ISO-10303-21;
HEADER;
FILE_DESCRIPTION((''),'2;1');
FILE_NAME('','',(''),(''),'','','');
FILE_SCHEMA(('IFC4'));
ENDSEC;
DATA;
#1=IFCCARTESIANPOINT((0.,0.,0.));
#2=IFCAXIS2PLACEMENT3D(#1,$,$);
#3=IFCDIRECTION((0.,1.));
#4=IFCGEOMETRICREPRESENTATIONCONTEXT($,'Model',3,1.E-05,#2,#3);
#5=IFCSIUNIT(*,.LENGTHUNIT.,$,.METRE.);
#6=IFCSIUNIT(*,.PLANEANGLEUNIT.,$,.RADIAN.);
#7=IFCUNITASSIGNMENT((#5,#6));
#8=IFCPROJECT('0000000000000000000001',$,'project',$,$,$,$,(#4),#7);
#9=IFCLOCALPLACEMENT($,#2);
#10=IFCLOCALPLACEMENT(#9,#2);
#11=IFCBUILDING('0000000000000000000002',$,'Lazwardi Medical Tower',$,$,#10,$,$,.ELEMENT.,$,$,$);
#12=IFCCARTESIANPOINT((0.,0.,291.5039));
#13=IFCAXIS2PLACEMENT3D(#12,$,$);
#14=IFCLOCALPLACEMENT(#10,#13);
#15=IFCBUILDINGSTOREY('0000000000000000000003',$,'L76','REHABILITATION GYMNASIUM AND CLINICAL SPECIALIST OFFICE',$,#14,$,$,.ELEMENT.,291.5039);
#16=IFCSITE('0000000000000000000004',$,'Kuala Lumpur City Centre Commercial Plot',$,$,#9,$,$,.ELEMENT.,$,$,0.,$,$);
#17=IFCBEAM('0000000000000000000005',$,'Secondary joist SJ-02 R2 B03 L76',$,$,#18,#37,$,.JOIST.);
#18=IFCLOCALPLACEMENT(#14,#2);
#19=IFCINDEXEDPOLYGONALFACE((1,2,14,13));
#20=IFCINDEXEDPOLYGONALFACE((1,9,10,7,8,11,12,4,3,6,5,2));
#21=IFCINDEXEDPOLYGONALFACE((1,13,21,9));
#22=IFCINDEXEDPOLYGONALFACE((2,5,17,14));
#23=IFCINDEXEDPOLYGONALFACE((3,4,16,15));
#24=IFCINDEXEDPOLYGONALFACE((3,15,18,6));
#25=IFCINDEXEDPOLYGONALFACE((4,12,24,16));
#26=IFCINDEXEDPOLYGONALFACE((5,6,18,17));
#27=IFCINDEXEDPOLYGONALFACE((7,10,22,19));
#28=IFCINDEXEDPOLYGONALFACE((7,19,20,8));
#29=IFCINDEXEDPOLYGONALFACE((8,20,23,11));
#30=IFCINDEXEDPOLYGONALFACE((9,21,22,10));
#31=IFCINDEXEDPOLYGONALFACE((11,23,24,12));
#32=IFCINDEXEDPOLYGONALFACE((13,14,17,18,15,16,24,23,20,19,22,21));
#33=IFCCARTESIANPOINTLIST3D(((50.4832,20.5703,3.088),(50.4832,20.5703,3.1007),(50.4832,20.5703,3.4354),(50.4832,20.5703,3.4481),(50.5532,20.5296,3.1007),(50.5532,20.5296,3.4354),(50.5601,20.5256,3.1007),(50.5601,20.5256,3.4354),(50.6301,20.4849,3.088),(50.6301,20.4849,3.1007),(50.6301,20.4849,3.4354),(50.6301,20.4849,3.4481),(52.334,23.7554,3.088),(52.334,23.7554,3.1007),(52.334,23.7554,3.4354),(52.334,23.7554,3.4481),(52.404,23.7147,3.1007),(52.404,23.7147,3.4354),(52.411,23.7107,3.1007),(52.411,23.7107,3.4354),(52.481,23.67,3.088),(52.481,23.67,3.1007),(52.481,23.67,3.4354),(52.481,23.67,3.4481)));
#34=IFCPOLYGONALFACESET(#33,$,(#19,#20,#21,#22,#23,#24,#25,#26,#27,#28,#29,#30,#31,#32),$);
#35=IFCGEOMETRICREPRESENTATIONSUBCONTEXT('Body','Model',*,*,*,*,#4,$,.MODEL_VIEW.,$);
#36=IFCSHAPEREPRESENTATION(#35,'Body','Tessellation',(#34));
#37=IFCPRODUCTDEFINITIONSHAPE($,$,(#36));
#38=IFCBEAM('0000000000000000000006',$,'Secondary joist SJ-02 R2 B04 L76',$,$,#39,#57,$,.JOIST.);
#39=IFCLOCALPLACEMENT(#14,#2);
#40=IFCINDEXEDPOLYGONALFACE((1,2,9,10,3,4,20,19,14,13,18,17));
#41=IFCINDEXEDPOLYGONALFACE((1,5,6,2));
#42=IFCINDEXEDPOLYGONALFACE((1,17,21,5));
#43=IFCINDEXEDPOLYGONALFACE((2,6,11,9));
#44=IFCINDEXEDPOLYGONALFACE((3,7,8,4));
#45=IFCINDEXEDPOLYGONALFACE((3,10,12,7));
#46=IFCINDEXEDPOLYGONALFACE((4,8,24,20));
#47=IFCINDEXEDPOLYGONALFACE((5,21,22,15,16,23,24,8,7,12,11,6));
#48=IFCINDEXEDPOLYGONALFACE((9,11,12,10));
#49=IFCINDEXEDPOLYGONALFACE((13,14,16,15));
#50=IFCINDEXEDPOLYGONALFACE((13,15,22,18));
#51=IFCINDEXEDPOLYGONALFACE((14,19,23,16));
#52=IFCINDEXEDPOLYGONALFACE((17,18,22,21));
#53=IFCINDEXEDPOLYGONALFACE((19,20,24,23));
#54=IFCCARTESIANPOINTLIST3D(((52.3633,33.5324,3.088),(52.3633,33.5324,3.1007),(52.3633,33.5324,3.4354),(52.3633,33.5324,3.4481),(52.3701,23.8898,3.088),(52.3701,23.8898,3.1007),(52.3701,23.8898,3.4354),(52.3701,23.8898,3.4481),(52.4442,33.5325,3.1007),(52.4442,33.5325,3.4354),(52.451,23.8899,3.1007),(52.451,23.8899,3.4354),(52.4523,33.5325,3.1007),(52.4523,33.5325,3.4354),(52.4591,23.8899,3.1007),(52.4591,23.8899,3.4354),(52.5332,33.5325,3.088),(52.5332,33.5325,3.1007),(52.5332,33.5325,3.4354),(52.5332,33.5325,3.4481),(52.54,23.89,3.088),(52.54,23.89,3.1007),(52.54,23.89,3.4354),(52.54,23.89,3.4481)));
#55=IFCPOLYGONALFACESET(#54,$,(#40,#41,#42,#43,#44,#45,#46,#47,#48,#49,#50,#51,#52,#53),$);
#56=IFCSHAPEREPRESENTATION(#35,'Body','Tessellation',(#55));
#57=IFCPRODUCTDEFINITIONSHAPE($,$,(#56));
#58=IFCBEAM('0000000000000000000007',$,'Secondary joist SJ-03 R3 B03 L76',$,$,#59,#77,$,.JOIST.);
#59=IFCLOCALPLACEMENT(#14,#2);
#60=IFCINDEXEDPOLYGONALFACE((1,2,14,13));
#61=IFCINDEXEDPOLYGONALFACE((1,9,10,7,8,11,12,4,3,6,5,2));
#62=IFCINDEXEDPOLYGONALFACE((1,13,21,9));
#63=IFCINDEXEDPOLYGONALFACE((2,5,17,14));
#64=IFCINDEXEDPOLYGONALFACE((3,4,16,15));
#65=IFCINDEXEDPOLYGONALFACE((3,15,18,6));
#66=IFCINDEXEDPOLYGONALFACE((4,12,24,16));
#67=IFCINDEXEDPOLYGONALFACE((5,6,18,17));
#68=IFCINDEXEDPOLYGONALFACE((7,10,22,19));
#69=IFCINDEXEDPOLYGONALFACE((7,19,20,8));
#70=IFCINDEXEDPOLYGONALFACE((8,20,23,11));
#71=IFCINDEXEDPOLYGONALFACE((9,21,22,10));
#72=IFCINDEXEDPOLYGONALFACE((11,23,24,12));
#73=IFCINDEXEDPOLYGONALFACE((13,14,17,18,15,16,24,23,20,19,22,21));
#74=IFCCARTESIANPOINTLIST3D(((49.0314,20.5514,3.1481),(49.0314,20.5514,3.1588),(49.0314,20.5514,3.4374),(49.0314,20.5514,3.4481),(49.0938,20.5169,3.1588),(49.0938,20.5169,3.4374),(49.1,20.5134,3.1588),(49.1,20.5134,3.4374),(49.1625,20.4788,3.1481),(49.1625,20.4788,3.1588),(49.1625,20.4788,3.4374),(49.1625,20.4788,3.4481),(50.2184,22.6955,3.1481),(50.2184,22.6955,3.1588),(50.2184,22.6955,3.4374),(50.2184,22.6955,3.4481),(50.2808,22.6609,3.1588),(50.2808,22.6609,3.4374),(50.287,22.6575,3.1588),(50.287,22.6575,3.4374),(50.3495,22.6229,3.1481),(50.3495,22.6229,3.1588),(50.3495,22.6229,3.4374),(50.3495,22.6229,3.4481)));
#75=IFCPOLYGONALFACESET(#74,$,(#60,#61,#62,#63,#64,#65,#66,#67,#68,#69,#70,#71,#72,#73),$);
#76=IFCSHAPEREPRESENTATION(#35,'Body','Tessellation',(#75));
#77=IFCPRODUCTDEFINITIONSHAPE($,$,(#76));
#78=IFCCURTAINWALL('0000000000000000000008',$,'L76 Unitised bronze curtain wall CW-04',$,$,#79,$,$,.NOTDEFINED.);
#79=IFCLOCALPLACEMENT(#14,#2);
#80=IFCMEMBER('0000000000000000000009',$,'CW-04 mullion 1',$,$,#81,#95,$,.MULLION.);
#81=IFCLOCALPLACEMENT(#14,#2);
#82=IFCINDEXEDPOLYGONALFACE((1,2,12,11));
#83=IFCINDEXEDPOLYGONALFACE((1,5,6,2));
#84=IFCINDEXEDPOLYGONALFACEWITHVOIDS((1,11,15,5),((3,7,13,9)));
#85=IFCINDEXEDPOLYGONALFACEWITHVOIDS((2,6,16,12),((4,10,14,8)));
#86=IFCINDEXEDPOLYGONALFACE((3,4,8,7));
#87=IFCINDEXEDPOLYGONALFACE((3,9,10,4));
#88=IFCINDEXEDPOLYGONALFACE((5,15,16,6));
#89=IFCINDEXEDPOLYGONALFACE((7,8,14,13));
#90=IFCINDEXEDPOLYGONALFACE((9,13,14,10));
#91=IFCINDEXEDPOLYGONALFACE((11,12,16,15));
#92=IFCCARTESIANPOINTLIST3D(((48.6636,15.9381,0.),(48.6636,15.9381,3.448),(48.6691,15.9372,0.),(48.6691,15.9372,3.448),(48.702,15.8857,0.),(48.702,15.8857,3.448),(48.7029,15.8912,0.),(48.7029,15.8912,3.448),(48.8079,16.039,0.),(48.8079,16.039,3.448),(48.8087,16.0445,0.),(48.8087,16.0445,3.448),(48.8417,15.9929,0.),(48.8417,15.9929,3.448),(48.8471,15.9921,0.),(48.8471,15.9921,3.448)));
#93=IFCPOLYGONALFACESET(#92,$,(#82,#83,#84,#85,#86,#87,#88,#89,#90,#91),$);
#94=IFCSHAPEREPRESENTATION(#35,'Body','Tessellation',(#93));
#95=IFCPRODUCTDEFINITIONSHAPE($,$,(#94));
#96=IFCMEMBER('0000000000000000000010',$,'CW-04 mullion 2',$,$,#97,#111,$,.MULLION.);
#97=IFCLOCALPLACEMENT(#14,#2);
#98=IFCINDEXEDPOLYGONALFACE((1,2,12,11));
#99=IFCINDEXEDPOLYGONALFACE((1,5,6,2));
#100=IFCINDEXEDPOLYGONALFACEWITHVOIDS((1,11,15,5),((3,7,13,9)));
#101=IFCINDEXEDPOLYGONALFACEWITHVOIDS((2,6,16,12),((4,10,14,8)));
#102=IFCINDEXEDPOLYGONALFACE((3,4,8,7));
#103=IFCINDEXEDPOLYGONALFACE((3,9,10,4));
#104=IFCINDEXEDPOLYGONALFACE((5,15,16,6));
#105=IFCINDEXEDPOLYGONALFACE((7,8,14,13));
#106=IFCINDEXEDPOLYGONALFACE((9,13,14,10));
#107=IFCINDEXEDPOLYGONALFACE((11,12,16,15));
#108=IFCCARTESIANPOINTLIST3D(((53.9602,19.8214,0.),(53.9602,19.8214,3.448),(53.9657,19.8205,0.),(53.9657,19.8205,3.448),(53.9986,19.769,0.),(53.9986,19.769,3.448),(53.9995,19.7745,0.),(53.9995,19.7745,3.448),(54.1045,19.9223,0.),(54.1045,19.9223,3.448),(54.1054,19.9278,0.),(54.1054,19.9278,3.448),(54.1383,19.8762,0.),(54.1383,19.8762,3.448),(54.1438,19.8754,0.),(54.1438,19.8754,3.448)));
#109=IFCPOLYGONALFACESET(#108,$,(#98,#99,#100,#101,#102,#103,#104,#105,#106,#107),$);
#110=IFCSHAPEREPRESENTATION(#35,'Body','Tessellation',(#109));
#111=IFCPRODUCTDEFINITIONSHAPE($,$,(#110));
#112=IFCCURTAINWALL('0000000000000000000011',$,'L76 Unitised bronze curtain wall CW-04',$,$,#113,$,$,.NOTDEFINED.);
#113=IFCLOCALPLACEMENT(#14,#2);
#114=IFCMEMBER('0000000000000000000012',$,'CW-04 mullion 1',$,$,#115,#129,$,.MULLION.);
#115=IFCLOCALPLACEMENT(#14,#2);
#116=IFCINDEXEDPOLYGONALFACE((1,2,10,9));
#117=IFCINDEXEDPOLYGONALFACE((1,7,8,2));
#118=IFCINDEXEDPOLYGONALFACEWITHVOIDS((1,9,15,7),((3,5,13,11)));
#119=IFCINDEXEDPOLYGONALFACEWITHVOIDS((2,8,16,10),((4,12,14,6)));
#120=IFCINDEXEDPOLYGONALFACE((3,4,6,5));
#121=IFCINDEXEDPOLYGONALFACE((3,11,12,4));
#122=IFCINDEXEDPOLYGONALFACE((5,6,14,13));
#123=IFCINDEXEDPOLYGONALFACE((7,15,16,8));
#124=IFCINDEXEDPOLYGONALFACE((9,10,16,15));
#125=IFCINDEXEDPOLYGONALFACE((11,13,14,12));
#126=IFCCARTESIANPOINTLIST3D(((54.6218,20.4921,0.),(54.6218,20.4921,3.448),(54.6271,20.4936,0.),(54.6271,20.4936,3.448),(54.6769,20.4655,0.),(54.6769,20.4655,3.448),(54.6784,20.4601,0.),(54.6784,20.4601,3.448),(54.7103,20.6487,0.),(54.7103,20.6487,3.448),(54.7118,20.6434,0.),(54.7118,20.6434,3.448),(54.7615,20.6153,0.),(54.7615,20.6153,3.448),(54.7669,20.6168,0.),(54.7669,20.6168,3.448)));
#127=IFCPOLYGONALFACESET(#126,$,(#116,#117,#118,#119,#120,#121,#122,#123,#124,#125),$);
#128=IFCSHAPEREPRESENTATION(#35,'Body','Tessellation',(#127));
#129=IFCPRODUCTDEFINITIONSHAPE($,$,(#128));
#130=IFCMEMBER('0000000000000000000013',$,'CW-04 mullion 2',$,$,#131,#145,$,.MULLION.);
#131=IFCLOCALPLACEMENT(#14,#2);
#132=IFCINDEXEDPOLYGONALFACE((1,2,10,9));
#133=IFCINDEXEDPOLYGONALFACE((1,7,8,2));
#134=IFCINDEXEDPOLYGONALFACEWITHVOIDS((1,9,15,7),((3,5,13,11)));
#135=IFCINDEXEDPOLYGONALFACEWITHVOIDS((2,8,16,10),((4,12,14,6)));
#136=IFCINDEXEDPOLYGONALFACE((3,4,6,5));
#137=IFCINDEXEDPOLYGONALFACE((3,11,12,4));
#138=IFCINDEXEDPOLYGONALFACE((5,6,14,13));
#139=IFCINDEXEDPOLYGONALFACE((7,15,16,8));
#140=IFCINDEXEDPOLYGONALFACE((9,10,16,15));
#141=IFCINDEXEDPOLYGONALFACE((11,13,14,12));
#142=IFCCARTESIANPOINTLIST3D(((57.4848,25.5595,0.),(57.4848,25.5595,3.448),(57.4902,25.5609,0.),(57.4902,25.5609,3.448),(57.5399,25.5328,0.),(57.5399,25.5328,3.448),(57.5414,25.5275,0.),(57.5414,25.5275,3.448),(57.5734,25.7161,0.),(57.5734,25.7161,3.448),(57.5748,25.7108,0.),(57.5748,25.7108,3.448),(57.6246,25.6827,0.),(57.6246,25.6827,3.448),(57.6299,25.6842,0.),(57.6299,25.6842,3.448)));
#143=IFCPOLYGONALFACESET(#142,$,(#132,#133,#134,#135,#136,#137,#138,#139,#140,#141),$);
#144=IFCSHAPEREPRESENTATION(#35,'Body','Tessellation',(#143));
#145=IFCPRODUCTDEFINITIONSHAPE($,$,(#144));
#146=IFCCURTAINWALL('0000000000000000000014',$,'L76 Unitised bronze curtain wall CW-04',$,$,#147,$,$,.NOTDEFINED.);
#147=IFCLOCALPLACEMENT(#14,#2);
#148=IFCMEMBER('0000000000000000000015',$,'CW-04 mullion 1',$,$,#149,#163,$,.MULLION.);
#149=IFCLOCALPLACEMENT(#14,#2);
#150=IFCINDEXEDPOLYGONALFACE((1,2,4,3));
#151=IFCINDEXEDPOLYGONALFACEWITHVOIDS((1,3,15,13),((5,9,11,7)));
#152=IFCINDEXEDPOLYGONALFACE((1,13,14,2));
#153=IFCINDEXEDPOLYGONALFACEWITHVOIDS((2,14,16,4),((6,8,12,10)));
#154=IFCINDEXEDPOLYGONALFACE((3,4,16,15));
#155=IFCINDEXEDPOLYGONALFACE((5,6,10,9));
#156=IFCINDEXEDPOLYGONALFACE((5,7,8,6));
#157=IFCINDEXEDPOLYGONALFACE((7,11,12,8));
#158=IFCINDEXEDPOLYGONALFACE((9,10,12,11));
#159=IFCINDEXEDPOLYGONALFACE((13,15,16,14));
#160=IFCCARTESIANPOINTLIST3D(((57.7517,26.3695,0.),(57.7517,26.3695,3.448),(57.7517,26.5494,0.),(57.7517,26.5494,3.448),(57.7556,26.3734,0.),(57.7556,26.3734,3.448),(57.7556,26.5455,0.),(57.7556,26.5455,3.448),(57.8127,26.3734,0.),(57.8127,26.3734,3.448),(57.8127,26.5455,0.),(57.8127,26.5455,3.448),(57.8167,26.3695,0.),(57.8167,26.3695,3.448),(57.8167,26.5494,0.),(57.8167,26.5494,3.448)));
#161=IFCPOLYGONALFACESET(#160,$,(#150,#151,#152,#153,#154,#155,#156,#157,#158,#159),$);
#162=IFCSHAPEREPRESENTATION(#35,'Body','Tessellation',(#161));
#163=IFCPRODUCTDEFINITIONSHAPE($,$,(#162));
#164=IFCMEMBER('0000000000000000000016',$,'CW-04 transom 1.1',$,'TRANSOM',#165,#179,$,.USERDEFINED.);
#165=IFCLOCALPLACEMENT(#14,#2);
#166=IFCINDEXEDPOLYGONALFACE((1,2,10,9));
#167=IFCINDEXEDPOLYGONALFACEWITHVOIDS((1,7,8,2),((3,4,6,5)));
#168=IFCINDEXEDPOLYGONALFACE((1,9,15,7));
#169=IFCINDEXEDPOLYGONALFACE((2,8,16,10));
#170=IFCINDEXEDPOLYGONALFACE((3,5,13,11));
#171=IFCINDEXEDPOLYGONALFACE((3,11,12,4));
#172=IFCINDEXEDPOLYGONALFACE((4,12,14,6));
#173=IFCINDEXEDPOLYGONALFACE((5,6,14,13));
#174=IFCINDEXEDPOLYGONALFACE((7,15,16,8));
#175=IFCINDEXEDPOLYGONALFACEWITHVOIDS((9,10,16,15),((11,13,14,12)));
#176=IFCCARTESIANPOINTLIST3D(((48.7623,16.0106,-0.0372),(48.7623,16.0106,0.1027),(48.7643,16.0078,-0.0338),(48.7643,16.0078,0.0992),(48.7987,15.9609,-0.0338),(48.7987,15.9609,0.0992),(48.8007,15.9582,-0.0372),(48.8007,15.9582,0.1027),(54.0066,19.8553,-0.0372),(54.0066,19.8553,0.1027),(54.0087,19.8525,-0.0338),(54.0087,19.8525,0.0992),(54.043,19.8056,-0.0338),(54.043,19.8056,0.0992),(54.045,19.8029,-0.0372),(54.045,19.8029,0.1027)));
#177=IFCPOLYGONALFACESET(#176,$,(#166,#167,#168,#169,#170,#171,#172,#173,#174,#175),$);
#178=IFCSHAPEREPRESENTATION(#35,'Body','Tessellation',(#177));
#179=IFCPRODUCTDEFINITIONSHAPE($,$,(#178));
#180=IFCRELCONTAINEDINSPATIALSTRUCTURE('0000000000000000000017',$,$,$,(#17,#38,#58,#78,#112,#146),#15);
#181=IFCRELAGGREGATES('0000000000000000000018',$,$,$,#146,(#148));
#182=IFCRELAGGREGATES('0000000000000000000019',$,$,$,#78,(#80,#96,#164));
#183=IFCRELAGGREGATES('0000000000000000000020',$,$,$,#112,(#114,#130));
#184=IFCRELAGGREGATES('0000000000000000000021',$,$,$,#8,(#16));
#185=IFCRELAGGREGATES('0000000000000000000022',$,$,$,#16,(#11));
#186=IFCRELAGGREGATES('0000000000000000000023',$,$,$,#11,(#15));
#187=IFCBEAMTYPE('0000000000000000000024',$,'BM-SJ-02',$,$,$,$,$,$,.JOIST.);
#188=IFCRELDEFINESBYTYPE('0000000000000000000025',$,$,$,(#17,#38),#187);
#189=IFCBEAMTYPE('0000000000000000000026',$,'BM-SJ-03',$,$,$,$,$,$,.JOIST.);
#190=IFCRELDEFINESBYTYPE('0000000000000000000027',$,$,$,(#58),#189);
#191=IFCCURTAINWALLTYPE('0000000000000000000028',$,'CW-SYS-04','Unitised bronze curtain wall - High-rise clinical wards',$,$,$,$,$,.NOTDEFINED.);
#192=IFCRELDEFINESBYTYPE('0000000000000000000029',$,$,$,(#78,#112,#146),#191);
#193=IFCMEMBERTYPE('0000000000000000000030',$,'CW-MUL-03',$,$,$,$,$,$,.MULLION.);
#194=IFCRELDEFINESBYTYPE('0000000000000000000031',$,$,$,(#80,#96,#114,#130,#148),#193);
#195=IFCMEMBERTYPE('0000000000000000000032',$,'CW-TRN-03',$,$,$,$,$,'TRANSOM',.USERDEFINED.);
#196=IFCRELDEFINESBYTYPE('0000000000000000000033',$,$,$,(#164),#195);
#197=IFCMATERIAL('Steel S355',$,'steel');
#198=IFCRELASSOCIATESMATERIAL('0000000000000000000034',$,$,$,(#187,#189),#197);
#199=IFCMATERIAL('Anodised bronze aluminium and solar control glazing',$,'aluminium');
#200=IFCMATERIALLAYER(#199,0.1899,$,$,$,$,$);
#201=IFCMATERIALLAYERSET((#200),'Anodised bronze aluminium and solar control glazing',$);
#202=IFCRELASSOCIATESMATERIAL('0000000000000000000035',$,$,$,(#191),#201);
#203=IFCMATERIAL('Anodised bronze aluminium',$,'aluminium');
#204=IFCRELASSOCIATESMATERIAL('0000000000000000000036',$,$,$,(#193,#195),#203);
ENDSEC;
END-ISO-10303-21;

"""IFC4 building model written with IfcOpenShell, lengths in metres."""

from ifc_helpers import new_model, si_unit, direction, frame, origin, origin_2d, place, context, subcontext, project, spatial, hollow_rectangle, i_section, extrude, material, layer, layer_set, material_profile, profile_set, type_object, element, aggregate, save


model = new_model("IFC4")

# Units and contexts
model_context = context("Model", 3, precision=1e-05, world=origin(), true_north=direction((0.0, 1.0)))
body_context = subcontext(model_context, "Body", "Model", "MODEL_VIEW")
ifc_project = project(units=[si_unit("LENGTHUNIT", "METRE"), si_unit("PLANEANGLEUNIT", "RADIAN")], contexts=[model_context])

# Site, building, storey
site_placement = place(None, origin())
site = spatial("IfcSite", under=ifc_project, at=site_placement, Name="Kuala Lumpur City Centre Commercial Plot", CompositionType="ELEMENT", RefElevation=0.0)
building_placement = place(site_placement, origin())
building = spatial("IfcBuilding", under=site, at=building_placement, Name="Lazwardi Medical Tower", CompositionType="ELEMENT")
storey_placement = place(building_placement, frame((0.0, 0.0, 291.5039)))
storey = spatial("IfcBuildingStorey", under=building, at=storey_placement, Name="L76", Description="REHABILITATION GYMNASIUM AND CLINICAL SPECIALIST OFFICE", CompositionType="ELEMENT", Elevation=291.5039)

# Beams
ifc_material_1 = material(Name="Steel S355", Category="steel")
ifc_material_profile_1 = material_profile(ifc_material_1, i_section(OverallWidth=0.1699, OverallDepth=0.3601, WebThickness=0.0081, FlangeThickness=0.0127, at=origin_2d()), Name="IPE 360")
ifc_profile_set_1 = profile_set([ifc_material_profile_1], Name="Steel S355")
beam_type_1 = type_object("IfcBeamType", Name="BM-SJ-02", PredefinedType="JOIST", material=ifc_profile_set_1)
beam_1_placement = place(storey_placement, frame((50.5566, 20.5276, 3.2681), z_axis=(0.502428, 0.864619, 0.0), x_axis=(-0.864619, 0.502428, 0.0)))
element("IfcBeam", 1, at=beam_1_placement, inside=storey, type_object=beam_type_1, Name="Secondary joist SJ-02 R2 B03 L76", PredefinedType="JOIST", context=body_context, shape_type="SweptSolid", body=[
    extrude(i_section(OverallWidth=0.1699, OverallDepth=0.3601, WebThickness=0.0081, FlangeThickness=0.0127, at=origin_2d()), origin(), (0.0, 0.0, 1.0), 3.6838),
])
beam_2_placement = place(storey_placement, frame((52.4551, 23.8899, 3.2681), z_axis=(-0.000709, 1.0, 0.0), x_axis=(-1.0, -0.000709, 0.0)))
element("IfcBeam", 2, at=beam_2_placement, inside=storey, type_object=beam_type_1, Name="Secondary joist SJ-02 R2 B04 L76", PredefinedType="JOIST", context=body_context, shape_type="SweptSolid", body=[
    extrude(i_section(OverallWidth=0.1699, OverallDepth=0.3601, WebThickness=0.0081, FlangeThickness=0.0127, at=origin_2d()), origin(), (0.0, 0.0, 1.0), 9.6426),
])
ifc_material_profile_2 = material_profile(ifc_material_1, i_section(OverallWidth=0.1499, OverallDepth=0.3, WebThickness=0.0071, FlangeThickness=0.0107, at=origin_2d()), Name="IPE 300")
ifc_profile_set_2 = profile_set([ifc_material_profile_2], Name="Steel S355")
beam_type_2 = type_object("IfcBeamType", Name="BM-SJ-03", PredefinedType="JOIST", material=ifc_profile_set_2)
beam_3_placement = place(storey_placement, frame((49.0969, 20.5151, 3.2981), z_axis=(0.484357, 0.874871, 0.0), x_axis=(-0.874871, 0.484357, 0.0)))
element("IfcBeam", 3, at=beam_3_placement, inside=storey, type_object=beam_type_2, Name="Secondary joist SJ-03 R3 B03 L76", PredefinedType="JOIST", context=body_context, shape_type="SweptSolid", body=[
    extrude(i_section(OverallWidth=0.1499, OverallDepth=0.3, WebThickness=0.0071, FlangeThickness=0.0107, at=origin_2d()), origin(), (0.0, 0.0, 1.0), 2.4507),
])

# Curtain walls, members
ifc_material_2 = material(Name="Anodised bronze aluminium and solar control glazing", Category="aluminium")
ifc_layer_1 = layer(ifc_material_2, 0.1899)
ifc_layer_set_1 = layer_set([ifc_layer_1], Name="Anodised bronze aluminium and solar control glazing")
curtain_wall_type = type_object("IfcCurtainWallType", Name="CW-SYS-04", Description="Unitised bronze curtain wall - High-rise clinical wards", PredefinedType="NOTDEFINED", material=ifc_layer_set_1)
curtain_wall_1_placement = place(storey_placement, origin())
curtain_wall_1 = element("IfcCurtainWall", 4, at=curtain_wall_1_placement, inside=storey, type_object=curtain_wall_type, Name="L76 Unitised bronze curtain wall CW-04", PredefinedType="NOTDEFINED")
ifc_material_3 = material(Name="Anodised bronze aluminium", Category="aluminium")
ifc_material_profile_3 = material_profile(ifc_material_3, hollow_rectangle(XDim=0.0649, YDim=0.1799, WallThickness=0.0039, at=origin_2d()), Name="ALU-MULLION 180x65x4")
ifc_profile_set_3 = profile_set([ifc_material_profile_3], Name="Anodised bronze aluminium")
member_type_1 = type_object("IfcMemberType", Name="CW-MUL-03", PredefinedType="MULLION", material=ifc_profile_set_3)
member_1_placement = place(storey_placement, frame((48.7554, 15.9651, 0.0), z_axis=(0.0, 0.0, 1.0), x_axis=(-0.591268, 0.806475, 0.0)))
member_1 = element("IfcMember", 5, at=member_1_placement, type_object=member_type_1, Name="CW-04 mullion 1", PredefinedType="MULLION", context=body_context, shape_type="SweptSolid", body=[
    extrude(hollow_rectangle(XDim=0.0649, YDim=0.1799, WallThickness=0.0039, at=origin_2d()), origin(), (0.0, 0.0, 1.0), 3.448),
])
member_2_placement = place(storey_placement, frame((54.052, 19.8484, 0.0), z_axis=(0.0, 0.0, 1.0), x_axis=(-0.591268, 0.806475, 0.0)))
member_2 = element("IfcMember", 6, at=member_2_placement, type_object=member_type_1, Name="CW-04 mullion 2", PredefinedType="MULLION", context=body_context, shape_type="SweptSolid", body=[
    extrude(hollow_rectangle(XDim=0.0649, YDim=0.1799, WallThickness=0.0039, at=origin_2d()), origin(), (0.0, 0.0, 1.0), 3.448),
])
curtain_wall_2_placement = place(storey_placement, origin())
curtain_wall_2 = element("IfcCurtainWall", 7, at=curtain_wall_2_placement, inside=storey, type_object=curtain_wall_type, Name="L76 Unitised bronze curtain wall CW-04", PredefinedType="NOTDEFINED")
member_3_placement = place(storey_placement, frame((54.6943, 20.5544, 0.0), z_axis=(0.0, 0.0, 1.0), x_axis=(-0.870651, 0.4919, 0.0)))
member_3 = element("IfcMember", 8, at=member_3_placement, type_object=member_type_1, Name="CW-04 mullion 1", PredefinedType="MULLION", context=body_context, shape_type="SweptSolid", body=[
    extrude(hollow_rectangle(XDim=0.0649, YDim=0.1799, WallThickness=0.0039, at=origin_2d()), origin(), (0.0, 0.0, 1.0), 3.448),
])
member_4_placement = place(storey_placement, frame((57.5574, 25.6218, 0.0), z_axis=(0.0, 0.0, 1.0), x_axis=(-0.870651, 0.4919, 0.0)))
member_4 = element("IfcMember", 9, at=member_4_placement, type_object=member_type_1, Name="CW-04 mullion 2", PredefinedType="MULLION", context=body_context, shape_type="SweptSolid", body=[
    extrude(hollow_rectangle(XDim=0.0649, YDim=0.1799, WallThickness=0.0039, at=origin_2d()), origin(), (0.0, 0.0, 1.0), 3.448),
])

# Curtain wall, member
curtain_wall_3_placement = place(storey_placement, origin())
curtain_wall_3 = element("IfcCurtainWall", 10, at=curtain_wall_3_placement, inside=storey, type_object=curtain_wall_type, Name="L76 Unitised bronze curtain wall CW-04", PredefinedType="NOTDEFINED")
member_5_placement = place(storey_placement, frame((57.7842, 26.4595, 0.0), z_axis=(0.0, 0.0, 1.0), x_axis=(-1.0, 0.0, 0.0)))
member_5 = element("IfcMember", 11, at=member_5_placement, type_object=member_type_1, Name="CW-04 mullion 1", PredefinedType="MULLION", context=body_context, shape_type="SweptSolid", body=[
    extrude(hollow_rectangle(XDim=0.0649, YDim=0.1799, WallThickness=0.0039, at=origin_2d()), origin(), (0.0, 0.0, 1.0), 3.448),
])

# Member
ifc_material_profile_4 = material_profile(ifc_material_3, hollow_rectangle(XDim=0.0649, YDim=0.1399, WallThickness=0.0034, at=origin_2d()), Name="ALU-TRANSOM 140x65x3.5")
ifc_profile_set_4 = profile_set([ifc_material_profile_4], Name="Anodised bronze aluminium")
member_type_2 = type_object("IfcMemberType", Name="CW-TRN-03", ElementType="TRANSOM", PredefinedType="USERDEFINED", material=ifc_profile_set_4)
member_6_placement = place(storey_placement, frame((48.7815, 15.9844, 0.0327), z_axis=(0.80649, 0.591248, 0.0), x_axis=(-0.591248, 0.80649, 0.0)))
member_6 = element("IfcMember", 12, at=member_6_placement, type_object=member_type_2, Name="CW-04 transom 1.1", ObjectType="TRANSOM", PredefinedType="USERDEFINED", context=body_context, shape_type="SweptSolid", body=[
    extrude(hollow_rectangle(XDim=0.0649, YDim=0.1399, WallThickness=0.0034, at=origin_2d()), origin(), (0.0, 0.0, 1.0), 6.5027),
])
aggregate(curtain_wall_3, [member_5])

aggregate(curtain_wall_1, [member_1, member_2, member_6])
aggregate(curtain_wall_2, [member_3, member_4])

save(model, "model.ifc")
